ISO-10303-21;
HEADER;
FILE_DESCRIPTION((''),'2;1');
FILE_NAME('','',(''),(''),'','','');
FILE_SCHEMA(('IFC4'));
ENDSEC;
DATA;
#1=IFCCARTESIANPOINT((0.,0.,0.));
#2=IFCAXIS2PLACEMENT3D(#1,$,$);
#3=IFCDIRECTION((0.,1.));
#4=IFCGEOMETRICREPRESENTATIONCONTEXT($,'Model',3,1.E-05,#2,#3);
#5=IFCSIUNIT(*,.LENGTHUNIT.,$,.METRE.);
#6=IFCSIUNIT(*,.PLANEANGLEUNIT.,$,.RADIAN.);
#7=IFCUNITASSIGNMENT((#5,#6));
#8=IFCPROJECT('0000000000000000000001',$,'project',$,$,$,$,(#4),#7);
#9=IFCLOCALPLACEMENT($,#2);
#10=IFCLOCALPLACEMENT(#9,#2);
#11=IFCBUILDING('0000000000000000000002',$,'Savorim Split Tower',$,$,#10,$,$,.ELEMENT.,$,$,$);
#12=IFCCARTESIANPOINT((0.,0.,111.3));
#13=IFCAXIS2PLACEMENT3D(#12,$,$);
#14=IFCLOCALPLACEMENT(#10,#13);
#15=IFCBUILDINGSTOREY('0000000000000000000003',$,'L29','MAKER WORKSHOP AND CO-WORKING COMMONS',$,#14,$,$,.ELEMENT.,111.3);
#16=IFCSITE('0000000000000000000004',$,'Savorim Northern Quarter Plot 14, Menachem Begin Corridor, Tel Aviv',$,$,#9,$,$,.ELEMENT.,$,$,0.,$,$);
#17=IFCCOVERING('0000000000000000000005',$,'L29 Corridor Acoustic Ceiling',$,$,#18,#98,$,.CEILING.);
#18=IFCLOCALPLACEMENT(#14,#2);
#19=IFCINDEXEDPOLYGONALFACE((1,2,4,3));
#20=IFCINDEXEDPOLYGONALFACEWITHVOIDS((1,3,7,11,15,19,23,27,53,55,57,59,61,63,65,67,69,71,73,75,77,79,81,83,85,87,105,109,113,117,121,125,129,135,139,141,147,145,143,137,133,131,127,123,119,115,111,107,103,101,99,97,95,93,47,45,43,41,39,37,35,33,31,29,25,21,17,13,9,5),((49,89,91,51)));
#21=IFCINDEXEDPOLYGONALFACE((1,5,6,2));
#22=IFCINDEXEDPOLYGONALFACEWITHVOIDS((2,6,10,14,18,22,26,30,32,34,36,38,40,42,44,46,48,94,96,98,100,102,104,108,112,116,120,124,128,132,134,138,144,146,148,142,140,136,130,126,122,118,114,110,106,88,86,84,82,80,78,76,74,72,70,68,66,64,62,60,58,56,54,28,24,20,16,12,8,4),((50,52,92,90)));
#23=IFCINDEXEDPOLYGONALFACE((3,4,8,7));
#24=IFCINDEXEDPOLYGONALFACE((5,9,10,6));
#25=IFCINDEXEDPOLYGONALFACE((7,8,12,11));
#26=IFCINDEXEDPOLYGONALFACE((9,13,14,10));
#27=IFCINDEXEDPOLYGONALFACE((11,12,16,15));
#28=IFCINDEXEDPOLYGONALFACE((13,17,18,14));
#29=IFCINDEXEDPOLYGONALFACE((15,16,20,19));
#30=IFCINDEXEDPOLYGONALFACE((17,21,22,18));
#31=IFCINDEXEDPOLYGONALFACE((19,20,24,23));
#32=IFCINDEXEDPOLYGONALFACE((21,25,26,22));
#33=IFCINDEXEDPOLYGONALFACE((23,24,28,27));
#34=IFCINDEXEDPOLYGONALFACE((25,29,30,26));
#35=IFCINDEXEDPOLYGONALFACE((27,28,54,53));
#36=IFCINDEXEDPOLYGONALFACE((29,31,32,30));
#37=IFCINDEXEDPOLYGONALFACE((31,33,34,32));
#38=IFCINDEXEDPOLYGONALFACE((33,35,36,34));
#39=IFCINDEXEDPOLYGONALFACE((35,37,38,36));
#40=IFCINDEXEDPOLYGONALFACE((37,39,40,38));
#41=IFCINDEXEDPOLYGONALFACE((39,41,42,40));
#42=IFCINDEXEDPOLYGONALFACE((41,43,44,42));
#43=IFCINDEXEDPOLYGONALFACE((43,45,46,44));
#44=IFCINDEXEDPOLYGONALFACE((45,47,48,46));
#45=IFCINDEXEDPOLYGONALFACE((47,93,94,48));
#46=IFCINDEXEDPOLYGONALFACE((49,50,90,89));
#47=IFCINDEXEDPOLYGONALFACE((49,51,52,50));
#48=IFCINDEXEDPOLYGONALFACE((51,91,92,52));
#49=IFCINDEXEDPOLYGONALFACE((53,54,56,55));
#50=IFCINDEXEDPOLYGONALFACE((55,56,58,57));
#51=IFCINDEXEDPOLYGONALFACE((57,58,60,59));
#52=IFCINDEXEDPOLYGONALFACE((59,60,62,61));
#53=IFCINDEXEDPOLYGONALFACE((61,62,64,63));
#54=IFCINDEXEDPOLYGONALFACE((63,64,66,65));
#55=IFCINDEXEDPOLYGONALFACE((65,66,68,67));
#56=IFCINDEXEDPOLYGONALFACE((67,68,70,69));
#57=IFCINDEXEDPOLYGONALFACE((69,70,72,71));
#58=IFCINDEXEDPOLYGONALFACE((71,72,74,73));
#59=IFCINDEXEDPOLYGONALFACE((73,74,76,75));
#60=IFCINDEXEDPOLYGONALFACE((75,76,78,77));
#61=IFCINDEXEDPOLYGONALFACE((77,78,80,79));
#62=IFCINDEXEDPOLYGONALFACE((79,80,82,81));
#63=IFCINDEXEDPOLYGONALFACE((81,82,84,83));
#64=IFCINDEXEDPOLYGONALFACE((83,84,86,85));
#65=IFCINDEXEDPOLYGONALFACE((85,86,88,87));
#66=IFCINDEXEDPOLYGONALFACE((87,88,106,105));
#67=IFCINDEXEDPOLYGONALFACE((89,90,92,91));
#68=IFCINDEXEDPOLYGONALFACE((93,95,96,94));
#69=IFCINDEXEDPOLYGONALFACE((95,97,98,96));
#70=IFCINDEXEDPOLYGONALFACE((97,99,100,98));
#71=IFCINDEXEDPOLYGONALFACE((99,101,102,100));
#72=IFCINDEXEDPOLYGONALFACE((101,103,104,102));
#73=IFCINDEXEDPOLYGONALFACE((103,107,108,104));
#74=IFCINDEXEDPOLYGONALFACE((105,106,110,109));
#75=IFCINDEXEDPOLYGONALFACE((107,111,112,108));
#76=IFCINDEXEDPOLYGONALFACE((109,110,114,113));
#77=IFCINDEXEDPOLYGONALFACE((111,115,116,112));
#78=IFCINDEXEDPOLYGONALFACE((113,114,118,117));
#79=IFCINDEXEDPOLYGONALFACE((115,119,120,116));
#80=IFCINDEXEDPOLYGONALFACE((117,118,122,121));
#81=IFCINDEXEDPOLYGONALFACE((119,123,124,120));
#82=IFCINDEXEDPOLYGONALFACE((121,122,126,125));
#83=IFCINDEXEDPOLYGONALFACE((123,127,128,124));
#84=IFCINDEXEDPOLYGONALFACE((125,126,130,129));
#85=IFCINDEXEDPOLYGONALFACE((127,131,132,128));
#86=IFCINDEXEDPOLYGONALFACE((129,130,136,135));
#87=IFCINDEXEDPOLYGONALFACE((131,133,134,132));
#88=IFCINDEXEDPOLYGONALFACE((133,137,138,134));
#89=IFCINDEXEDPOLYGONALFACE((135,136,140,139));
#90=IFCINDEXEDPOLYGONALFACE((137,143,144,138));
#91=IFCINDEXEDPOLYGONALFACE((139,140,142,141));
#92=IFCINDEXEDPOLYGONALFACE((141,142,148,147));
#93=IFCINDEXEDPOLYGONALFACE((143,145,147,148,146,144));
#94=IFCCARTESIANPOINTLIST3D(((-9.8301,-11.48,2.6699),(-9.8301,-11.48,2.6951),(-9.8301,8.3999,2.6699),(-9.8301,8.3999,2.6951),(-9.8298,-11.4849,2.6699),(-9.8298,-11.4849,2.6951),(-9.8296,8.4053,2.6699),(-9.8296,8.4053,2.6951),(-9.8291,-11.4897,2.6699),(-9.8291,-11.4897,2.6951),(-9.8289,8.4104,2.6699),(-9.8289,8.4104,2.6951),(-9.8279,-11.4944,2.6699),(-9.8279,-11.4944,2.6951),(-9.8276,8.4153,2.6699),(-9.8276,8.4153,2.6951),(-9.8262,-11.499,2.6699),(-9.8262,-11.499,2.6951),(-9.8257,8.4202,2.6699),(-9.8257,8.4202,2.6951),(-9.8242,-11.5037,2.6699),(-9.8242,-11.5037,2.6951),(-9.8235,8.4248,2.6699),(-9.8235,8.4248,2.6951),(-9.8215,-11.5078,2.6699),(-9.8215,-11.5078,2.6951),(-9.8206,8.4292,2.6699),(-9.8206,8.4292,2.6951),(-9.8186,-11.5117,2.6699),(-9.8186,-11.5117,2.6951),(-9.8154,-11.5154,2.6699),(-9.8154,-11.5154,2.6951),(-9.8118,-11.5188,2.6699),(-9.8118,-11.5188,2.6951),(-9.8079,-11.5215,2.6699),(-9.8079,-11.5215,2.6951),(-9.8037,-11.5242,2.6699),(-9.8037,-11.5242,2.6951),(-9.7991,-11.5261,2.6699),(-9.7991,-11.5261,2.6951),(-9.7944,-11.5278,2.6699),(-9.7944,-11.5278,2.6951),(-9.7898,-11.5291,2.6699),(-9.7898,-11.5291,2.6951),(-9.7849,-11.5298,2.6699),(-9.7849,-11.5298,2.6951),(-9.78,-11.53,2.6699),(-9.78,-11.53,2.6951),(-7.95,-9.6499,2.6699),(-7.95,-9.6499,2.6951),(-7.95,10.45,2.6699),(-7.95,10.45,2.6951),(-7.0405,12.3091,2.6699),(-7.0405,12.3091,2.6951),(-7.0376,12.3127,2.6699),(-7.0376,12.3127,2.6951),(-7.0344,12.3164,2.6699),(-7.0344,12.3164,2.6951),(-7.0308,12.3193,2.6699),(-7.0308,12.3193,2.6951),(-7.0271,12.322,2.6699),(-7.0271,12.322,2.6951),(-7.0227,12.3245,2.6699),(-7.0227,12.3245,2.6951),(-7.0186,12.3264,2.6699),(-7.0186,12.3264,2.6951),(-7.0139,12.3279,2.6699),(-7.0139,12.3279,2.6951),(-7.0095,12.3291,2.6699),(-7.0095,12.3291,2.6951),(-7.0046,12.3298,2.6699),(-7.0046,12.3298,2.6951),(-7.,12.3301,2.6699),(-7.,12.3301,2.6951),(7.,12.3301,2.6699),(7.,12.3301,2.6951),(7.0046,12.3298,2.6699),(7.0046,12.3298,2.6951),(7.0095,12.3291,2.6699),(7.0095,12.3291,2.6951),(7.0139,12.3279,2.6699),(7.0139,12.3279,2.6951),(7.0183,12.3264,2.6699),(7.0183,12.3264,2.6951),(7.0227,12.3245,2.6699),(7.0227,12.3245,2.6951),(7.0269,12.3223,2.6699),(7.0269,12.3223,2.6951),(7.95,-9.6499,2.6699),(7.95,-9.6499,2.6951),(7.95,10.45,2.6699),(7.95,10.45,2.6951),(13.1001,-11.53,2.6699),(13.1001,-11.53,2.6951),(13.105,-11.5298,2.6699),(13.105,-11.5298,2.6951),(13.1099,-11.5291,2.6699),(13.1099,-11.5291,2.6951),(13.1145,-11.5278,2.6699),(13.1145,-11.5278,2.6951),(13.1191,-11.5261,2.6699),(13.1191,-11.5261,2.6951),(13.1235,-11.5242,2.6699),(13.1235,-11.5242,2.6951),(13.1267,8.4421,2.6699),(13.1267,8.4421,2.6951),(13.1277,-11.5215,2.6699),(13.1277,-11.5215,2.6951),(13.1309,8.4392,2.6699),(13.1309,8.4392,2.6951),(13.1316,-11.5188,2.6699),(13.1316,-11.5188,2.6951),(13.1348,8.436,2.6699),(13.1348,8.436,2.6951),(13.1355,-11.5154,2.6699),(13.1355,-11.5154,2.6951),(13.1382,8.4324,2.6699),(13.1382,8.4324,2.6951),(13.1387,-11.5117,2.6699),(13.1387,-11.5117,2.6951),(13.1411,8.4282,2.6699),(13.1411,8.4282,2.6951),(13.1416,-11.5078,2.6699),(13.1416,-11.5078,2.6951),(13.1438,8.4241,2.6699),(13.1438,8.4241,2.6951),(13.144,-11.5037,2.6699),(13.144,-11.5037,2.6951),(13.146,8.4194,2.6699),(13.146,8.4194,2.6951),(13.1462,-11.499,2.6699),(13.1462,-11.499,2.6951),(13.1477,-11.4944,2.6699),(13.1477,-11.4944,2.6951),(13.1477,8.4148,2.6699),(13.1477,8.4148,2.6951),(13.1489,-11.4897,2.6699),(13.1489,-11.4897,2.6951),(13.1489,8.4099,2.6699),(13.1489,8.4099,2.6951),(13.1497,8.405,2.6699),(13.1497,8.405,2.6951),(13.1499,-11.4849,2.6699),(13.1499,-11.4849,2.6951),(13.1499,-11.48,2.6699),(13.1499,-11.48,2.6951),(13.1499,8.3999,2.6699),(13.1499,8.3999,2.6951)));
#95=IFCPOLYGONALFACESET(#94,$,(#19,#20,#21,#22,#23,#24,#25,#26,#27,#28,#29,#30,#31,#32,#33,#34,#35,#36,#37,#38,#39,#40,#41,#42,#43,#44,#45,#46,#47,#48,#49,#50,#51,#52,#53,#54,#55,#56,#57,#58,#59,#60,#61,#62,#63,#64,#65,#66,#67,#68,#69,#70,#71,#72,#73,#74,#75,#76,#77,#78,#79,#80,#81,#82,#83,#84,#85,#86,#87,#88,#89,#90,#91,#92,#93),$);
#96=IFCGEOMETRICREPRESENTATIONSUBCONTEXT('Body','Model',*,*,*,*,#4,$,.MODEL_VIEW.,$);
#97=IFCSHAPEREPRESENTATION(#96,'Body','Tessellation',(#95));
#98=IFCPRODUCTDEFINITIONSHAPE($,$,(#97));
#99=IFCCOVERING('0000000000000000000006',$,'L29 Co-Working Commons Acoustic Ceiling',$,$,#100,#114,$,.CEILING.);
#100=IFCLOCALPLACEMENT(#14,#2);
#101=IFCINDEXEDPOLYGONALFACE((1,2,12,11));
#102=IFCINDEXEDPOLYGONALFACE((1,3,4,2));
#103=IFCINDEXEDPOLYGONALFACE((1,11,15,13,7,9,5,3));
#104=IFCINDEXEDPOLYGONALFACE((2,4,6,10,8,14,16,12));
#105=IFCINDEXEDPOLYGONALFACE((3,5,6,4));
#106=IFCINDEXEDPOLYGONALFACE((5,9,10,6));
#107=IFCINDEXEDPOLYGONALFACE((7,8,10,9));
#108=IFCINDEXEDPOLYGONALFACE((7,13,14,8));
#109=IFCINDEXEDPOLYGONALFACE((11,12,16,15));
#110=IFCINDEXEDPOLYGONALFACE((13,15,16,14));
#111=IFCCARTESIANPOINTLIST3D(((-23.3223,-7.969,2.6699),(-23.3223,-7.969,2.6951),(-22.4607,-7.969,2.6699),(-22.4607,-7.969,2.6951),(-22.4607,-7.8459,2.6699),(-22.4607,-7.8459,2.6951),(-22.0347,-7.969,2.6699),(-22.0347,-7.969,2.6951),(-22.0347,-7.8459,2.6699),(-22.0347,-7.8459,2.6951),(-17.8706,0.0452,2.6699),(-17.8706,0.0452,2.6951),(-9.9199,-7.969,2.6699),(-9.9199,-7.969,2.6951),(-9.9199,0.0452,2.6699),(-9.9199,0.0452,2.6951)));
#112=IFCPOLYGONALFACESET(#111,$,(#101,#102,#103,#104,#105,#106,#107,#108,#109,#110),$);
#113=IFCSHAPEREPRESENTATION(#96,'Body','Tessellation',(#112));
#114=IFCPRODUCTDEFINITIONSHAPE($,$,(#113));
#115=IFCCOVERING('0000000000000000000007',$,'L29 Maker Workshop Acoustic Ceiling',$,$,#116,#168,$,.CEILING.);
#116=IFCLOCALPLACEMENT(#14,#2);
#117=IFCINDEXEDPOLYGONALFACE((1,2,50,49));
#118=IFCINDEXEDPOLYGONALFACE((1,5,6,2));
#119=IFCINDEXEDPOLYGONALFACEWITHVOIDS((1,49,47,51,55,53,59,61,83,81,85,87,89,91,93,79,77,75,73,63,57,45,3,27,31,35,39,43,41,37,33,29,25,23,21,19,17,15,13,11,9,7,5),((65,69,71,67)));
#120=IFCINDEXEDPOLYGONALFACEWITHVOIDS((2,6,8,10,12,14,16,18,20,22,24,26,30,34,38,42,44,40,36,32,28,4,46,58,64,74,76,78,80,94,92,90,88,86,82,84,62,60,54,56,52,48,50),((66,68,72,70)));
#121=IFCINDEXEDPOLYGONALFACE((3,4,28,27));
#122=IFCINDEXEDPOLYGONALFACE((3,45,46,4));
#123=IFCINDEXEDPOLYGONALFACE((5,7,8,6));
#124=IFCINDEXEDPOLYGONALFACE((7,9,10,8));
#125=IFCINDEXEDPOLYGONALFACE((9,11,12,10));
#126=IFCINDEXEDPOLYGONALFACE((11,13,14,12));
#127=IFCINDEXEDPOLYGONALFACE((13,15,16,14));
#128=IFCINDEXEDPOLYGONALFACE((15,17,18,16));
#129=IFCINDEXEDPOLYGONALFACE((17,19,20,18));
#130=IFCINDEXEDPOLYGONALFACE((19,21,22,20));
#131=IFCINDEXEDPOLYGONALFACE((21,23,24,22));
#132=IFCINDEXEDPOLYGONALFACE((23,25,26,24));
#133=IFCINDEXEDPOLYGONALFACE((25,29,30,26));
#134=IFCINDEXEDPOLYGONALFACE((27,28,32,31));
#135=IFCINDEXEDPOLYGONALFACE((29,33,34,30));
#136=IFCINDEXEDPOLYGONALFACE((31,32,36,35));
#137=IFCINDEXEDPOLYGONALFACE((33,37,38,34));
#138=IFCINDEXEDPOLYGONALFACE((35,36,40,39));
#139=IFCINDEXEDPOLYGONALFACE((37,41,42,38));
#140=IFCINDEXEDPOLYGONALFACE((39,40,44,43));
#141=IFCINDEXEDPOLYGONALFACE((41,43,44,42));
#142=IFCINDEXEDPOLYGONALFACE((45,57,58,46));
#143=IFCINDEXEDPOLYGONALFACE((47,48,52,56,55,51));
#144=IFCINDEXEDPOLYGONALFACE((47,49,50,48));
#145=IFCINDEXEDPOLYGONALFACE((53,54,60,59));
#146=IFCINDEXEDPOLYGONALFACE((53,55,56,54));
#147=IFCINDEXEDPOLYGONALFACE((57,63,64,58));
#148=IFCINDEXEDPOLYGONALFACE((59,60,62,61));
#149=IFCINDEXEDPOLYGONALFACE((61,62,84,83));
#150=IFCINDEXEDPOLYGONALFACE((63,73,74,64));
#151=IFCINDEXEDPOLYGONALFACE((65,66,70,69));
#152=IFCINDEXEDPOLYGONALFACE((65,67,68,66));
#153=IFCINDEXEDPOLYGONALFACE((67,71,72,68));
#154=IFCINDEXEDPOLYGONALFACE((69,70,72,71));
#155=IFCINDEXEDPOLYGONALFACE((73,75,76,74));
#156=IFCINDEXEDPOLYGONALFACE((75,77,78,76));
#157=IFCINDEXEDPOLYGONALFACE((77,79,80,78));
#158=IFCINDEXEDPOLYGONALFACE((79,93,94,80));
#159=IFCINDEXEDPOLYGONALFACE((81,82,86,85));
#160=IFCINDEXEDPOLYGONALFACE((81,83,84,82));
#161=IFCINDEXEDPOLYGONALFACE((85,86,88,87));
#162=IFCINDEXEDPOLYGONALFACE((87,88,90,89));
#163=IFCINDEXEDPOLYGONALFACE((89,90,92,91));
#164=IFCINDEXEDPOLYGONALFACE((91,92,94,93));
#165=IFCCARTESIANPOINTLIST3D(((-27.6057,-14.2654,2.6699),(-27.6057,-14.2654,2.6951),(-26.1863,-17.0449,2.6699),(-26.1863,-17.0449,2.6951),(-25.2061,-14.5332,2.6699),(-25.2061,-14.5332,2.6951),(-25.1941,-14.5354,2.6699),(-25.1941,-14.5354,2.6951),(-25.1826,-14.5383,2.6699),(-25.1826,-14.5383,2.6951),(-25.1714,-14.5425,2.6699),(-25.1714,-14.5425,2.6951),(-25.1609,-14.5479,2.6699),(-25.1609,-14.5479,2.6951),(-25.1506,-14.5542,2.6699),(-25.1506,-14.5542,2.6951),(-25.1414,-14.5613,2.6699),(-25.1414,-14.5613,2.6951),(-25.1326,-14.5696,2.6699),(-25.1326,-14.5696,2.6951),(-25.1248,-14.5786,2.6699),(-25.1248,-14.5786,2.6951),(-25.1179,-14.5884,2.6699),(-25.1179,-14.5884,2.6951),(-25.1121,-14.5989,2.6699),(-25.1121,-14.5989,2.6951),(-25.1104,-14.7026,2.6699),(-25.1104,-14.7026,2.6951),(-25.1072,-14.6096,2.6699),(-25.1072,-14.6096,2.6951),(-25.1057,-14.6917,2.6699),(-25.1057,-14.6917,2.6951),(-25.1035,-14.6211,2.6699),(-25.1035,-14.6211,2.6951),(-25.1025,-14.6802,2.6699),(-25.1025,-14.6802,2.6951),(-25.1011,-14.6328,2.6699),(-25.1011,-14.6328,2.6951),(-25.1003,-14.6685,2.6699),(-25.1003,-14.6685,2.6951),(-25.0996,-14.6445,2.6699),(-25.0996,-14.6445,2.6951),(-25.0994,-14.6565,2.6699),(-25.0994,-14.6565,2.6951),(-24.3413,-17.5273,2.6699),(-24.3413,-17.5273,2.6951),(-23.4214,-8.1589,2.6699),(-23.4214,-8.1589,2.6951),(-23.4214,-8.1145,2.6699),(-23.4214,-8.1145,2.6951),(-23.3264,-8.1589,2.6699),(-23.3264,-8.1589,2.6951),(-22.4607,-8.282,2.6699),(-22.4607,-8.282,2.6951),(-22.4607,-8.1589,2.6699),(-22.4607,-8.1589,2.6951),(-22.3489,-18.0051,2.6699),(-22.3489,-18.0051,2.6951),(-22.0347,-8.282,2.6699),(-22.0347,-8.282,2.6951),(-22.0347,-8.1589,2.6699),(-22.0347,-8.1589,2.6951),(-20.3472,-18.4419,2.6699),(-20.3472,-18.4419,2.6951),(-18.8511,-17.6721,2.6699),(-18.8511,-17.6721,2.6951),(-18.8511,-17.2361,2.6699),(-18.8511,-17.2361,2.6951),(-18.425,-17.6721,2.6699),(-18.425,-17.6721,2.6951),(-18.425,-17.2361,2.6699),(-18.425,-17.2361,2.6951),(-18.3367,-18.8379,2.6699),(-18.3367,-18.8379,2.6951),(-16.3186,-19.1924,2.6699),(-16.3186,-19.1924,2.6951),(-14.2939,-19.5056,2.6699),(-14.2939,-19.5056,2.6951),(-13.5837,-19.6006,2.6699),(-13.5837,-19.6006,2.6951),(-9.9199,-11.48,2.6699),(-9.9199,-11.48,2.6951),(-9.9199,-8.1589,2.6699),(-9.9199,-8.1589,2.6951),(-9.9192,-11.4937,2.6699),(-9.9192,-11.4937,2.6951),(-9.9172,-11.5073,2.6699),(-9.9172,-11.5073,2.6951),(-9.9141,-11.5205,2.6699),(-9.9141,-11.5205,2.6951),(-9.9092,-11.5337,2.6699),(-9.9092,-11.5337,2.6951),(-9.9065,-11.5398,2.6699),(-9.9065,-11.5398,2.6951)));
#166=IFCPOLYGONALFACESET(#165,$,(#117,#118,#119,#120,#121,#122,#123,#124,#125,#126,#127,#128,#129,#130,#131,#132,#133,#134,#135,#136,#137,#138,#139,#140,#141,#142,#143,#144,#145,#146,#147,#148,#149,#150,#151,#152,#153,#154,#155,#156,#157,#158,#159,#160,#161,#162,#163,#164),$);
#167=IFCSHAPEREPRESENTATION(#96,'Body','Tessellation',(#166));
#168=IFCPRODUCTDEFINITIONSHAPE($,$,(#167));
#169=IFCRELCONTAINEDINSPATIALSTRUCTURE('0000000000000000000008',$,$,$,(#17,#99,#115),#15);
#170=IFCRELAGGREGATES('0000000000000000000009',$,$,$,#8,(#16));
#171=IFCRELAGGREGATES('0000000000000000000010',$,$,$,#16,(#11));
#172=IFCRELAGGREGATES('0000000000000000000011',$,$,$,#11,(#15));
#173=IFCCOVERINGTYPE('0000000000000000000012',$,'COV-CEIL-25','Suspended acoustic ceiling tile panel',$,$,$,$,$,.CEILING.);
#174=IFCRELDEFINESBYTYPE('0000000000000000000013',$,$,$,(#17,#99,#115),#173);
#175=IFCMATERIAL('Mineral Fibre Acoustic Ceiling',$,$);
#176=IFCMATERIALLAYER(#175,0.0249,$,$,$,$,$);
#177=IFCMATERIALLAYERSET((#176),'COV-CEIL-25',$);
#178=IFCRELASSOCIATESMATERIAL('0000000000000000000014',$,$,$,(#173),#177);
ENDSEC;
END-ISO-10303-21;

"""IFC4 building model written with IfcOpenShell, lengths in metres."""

from ifc_helpers import new_model, si_unit, direction, frame, origin, place, context, subcontext, project, spatial, polyline, outline, extrude, material, layer, layer_set, type_object, element, save


model = new_model("IFC4")

# Units and contexts
model_context = context("Model", 3, precision=1e-05, world=origin(), true_north=direction((0.0, 1.0)))
body_context = subcontext(model_context, "Body", "Model", "MODEL_VIEW")
ifc_project = project(units=[si_unit("LENGTHUNIT", "METRE"), si_unit("PLANEANGLEUNIT", "RADIAN")], contexts=[model_context])

# Site, building, storey
site_placement = place(None, origin())
site = spatial("IfcSite", under=ifc_project, at=site_placement, Name="Savorim Northern Quarter Plot 14, Menachem Begin Corridor, Tel Aviv", CompositionType="ELEMENT", RefElevation=0.0)
building_placement = place(site_placement, origin())
building = spatial("IfcBuilding", under=site, at=building_placement, Name="Savorim Split Tower", CompositionType="ELEMENT")
storey_placement = place(building_placement, frame((0.0, 0.0, 111.3)))
storey = spatial("IfcBuildingStorey", under=building, at=storey_placement, Name="L29", Description="MAKER WORKSHOP AND CO-WORKING COMMONS", CompositionType="ELEMENT", Elevation=111.3)

# Coverings
ifc_material_1 = material(Name="Mineral Fibre Acoustic Ceiling")
ifc_layer_1 = layer(ifc_material_1, 0.0249)
ifc_layer_set_1 = layer_set([ifc_layer_1], Name="COV-CEIL-25")
covering_type_1 = type_object("IfcCoveringType", Name="COV-CEIL-25", Description="Suspended acoustic ceiling tile panel", PredefinedType="CEILING", material=ifc_layer_set_1)
covering_1_placement = place(storey_placement, frame((0.0, 0.0, 2.6699)))
element("IfcCovering", 1, at=covering_1_placement, inside=storey, type_object=covering_type_1, Name="L29 Corridor Acoustic Ceiling", PredefinedType="CEILING", context=body_context, shape_type="SweptSolid", body=[
    extrude(outline(polyline([(7.0095, 12.3291), (7.0046, 12.3298), (7.0, 12.3301), (-7.0, 12.3301), (-7.0046, 12.3298), (-7.0095, 12.3291), (-7.0139, 12.3279), (-7.0186, 12.3264), (-7.0227, 12.3245), (-7.0271, 12.322), (-7.0308, 12.3193), (-7.0344, 12.3164), (-7.0376, 12.3127), (-7.0405, 12.3091), (-9.8206, 8.4292), (-9.8235, 8.4248), (-9.8257, 8.4202), (-9.8276, 8.4153), (-9.8289, 8.4104), (-9.8296, 8.4053), (-9.8301, 8.3999), (-9.8301, -11.48), (-9.8298, -11.4849), (-9.8291, -11.4897), (-9.8279, -11.4944), (-9.8262, -11.499), (-9.8242, -11.5037), (-9.8215, -11.5078), (-9.8186, -11.5117), (-9.8154, -11.5154), (-9.8118, -11.5188), (-9.8079, -11.5215), (-9.8037, -11.5242), (-9.7991, -11.5261), (-9.7944, -11.5278), (-9.7898, -11.5291), (-9.7849, -11.5298), (-9.78, -11.53), (13.1001, -11.53), (13.105, -11.5298), (13.1099, -11.5291), (13.1145, -11.5278), (13.1191, -11.5261), (13.1235, -11.5242), (13.1277, -11.5215), (13.1316, -11.5188), (13.1355, -11.5154), (13.1387, -11.5117), (13.1416, -11.5078), (13.144, -11.5037), (13.1462, -11.499), (13.1477, -11.4944), (13.1489, -11.4897), (13.1499, -11.4849), (13.1499, -11.48), (13.1499, 8.3999), (13.1497, 8.405), (13.1489, 8.4099), (13.1477, 8.4148), (13.146, 8.4194), (13.1438, 8.4241), (13.1411, 8.4282), (13.1382, 8.4324), (13.1348, 8.436), (13.1309, 8.4392), (13.1267, 8.4421), (7.0269, 12.3223), (7.0227, 12.3245), (7.0183, 12.3264), (7.0139, 12.3279), (7.0095, 12.3291)]), holes=[polyline([(-7.95, 10.45), (-7.95, -9.6499), (7.95, -9.6499), (7.95, 10.45), (-7.95, 10.45)])]), origin(), (0.0, 0.0, 1.0), 0.0251),
])
covering_2_placement = place(storey_placement, frame((0.0, 0.0, 2.6699)))
element("IfcCovering", 2, at=covering_2_placement, inside=storey, type_object=covering_type_1, Name="L29 Co-Working Commons Acoustic Ceiling", PredefinedType="CEILING", context=body_context, shape_type="SweptSolid", body=[
    extrude(outline(polyline([(-22.0347, -7.8459), (-22.0347, -7.969), (-9.9199, -7.969), (-9.9199, 0.0452), (-17.8706, 0.0452), (-23.3223, -7.969), (-22.4607, -7.969), (-22.4607, -7.8459), (-22.0347, -7.8459)])), origin(), (0.0, 0.0, 1.0), 0.0251),
])
covering_3_placement = place(storey_placement, frame((0.0, 0.0, 2.6699)))
element("IfcCovering", 3, at=covering_3_placement, inside=storey, type_object=covering_type_1, Name="L29 Maker Workshop Acoustic Ceiling", PredefinedType="CEILING", context=body_context, shape_type="SweptSolid", body=[
    extrude(outline(polyline([(-25.0994, -14.6565), (-25.1003, -14.6685), (-25.1025, -14.6802), (-25.1057, -14.6917), (-25.1104, -14.7026), (-26.1863, -17.0449), (-24.3413, -17.5273), (-22.3489, -18.0051), (-20.3472, -18.4419), (-18.3367, -18.8379), (-16.3186, -19.1924), (-14.2939, -19.5056), (-13.5837, -19.6006), (-9.9065, -11.5398), (-9.9092, -11.5337), (-9.9141, -11.5205), (-9.9172, -11.5073), (-9.9192, -11.4937), (-9.9199, -11.48), (-9.9199, -8.1589), (-22.0347, -8.1589), (-22.0347, -8.282), (-22.4607, -8.282), (-22.4607, -8.1589), (-23.3264, -8.1589), (-23.4214, -8.1589), (-23.4214, -8.1145), (-27.6057, -14.2654), (-25.2061, -14.5332), (-25.1941, -14.5354), (-25.1826, -14.5383), (-25.1714, -14.5425), (-25.1609, -14.5479), (-25.1506, -14.5542), (-25.1414, -14.5613), (-25.1326, -14.5696), (-25.1248, -14.5786), (-25.1179, -14.5884), (-25.1121, -14.5989), (-25.1072, -14.6096), (-25.1035, -14.6211), (-25.1011, -14.6328), (-25.0996, -14.6445), (-25.0994, -14.6565)]), holes=[polyline([(-18.8511, -17.6721), (-18.425, -17.6721), (-18.425, -17.2361), (-18.8511, -17.2361), (-18.8511, -17.6721)])]), origin(), (0.0, 0.0, 1.0), 0.0251),
])

save(model, "model.ifc")
